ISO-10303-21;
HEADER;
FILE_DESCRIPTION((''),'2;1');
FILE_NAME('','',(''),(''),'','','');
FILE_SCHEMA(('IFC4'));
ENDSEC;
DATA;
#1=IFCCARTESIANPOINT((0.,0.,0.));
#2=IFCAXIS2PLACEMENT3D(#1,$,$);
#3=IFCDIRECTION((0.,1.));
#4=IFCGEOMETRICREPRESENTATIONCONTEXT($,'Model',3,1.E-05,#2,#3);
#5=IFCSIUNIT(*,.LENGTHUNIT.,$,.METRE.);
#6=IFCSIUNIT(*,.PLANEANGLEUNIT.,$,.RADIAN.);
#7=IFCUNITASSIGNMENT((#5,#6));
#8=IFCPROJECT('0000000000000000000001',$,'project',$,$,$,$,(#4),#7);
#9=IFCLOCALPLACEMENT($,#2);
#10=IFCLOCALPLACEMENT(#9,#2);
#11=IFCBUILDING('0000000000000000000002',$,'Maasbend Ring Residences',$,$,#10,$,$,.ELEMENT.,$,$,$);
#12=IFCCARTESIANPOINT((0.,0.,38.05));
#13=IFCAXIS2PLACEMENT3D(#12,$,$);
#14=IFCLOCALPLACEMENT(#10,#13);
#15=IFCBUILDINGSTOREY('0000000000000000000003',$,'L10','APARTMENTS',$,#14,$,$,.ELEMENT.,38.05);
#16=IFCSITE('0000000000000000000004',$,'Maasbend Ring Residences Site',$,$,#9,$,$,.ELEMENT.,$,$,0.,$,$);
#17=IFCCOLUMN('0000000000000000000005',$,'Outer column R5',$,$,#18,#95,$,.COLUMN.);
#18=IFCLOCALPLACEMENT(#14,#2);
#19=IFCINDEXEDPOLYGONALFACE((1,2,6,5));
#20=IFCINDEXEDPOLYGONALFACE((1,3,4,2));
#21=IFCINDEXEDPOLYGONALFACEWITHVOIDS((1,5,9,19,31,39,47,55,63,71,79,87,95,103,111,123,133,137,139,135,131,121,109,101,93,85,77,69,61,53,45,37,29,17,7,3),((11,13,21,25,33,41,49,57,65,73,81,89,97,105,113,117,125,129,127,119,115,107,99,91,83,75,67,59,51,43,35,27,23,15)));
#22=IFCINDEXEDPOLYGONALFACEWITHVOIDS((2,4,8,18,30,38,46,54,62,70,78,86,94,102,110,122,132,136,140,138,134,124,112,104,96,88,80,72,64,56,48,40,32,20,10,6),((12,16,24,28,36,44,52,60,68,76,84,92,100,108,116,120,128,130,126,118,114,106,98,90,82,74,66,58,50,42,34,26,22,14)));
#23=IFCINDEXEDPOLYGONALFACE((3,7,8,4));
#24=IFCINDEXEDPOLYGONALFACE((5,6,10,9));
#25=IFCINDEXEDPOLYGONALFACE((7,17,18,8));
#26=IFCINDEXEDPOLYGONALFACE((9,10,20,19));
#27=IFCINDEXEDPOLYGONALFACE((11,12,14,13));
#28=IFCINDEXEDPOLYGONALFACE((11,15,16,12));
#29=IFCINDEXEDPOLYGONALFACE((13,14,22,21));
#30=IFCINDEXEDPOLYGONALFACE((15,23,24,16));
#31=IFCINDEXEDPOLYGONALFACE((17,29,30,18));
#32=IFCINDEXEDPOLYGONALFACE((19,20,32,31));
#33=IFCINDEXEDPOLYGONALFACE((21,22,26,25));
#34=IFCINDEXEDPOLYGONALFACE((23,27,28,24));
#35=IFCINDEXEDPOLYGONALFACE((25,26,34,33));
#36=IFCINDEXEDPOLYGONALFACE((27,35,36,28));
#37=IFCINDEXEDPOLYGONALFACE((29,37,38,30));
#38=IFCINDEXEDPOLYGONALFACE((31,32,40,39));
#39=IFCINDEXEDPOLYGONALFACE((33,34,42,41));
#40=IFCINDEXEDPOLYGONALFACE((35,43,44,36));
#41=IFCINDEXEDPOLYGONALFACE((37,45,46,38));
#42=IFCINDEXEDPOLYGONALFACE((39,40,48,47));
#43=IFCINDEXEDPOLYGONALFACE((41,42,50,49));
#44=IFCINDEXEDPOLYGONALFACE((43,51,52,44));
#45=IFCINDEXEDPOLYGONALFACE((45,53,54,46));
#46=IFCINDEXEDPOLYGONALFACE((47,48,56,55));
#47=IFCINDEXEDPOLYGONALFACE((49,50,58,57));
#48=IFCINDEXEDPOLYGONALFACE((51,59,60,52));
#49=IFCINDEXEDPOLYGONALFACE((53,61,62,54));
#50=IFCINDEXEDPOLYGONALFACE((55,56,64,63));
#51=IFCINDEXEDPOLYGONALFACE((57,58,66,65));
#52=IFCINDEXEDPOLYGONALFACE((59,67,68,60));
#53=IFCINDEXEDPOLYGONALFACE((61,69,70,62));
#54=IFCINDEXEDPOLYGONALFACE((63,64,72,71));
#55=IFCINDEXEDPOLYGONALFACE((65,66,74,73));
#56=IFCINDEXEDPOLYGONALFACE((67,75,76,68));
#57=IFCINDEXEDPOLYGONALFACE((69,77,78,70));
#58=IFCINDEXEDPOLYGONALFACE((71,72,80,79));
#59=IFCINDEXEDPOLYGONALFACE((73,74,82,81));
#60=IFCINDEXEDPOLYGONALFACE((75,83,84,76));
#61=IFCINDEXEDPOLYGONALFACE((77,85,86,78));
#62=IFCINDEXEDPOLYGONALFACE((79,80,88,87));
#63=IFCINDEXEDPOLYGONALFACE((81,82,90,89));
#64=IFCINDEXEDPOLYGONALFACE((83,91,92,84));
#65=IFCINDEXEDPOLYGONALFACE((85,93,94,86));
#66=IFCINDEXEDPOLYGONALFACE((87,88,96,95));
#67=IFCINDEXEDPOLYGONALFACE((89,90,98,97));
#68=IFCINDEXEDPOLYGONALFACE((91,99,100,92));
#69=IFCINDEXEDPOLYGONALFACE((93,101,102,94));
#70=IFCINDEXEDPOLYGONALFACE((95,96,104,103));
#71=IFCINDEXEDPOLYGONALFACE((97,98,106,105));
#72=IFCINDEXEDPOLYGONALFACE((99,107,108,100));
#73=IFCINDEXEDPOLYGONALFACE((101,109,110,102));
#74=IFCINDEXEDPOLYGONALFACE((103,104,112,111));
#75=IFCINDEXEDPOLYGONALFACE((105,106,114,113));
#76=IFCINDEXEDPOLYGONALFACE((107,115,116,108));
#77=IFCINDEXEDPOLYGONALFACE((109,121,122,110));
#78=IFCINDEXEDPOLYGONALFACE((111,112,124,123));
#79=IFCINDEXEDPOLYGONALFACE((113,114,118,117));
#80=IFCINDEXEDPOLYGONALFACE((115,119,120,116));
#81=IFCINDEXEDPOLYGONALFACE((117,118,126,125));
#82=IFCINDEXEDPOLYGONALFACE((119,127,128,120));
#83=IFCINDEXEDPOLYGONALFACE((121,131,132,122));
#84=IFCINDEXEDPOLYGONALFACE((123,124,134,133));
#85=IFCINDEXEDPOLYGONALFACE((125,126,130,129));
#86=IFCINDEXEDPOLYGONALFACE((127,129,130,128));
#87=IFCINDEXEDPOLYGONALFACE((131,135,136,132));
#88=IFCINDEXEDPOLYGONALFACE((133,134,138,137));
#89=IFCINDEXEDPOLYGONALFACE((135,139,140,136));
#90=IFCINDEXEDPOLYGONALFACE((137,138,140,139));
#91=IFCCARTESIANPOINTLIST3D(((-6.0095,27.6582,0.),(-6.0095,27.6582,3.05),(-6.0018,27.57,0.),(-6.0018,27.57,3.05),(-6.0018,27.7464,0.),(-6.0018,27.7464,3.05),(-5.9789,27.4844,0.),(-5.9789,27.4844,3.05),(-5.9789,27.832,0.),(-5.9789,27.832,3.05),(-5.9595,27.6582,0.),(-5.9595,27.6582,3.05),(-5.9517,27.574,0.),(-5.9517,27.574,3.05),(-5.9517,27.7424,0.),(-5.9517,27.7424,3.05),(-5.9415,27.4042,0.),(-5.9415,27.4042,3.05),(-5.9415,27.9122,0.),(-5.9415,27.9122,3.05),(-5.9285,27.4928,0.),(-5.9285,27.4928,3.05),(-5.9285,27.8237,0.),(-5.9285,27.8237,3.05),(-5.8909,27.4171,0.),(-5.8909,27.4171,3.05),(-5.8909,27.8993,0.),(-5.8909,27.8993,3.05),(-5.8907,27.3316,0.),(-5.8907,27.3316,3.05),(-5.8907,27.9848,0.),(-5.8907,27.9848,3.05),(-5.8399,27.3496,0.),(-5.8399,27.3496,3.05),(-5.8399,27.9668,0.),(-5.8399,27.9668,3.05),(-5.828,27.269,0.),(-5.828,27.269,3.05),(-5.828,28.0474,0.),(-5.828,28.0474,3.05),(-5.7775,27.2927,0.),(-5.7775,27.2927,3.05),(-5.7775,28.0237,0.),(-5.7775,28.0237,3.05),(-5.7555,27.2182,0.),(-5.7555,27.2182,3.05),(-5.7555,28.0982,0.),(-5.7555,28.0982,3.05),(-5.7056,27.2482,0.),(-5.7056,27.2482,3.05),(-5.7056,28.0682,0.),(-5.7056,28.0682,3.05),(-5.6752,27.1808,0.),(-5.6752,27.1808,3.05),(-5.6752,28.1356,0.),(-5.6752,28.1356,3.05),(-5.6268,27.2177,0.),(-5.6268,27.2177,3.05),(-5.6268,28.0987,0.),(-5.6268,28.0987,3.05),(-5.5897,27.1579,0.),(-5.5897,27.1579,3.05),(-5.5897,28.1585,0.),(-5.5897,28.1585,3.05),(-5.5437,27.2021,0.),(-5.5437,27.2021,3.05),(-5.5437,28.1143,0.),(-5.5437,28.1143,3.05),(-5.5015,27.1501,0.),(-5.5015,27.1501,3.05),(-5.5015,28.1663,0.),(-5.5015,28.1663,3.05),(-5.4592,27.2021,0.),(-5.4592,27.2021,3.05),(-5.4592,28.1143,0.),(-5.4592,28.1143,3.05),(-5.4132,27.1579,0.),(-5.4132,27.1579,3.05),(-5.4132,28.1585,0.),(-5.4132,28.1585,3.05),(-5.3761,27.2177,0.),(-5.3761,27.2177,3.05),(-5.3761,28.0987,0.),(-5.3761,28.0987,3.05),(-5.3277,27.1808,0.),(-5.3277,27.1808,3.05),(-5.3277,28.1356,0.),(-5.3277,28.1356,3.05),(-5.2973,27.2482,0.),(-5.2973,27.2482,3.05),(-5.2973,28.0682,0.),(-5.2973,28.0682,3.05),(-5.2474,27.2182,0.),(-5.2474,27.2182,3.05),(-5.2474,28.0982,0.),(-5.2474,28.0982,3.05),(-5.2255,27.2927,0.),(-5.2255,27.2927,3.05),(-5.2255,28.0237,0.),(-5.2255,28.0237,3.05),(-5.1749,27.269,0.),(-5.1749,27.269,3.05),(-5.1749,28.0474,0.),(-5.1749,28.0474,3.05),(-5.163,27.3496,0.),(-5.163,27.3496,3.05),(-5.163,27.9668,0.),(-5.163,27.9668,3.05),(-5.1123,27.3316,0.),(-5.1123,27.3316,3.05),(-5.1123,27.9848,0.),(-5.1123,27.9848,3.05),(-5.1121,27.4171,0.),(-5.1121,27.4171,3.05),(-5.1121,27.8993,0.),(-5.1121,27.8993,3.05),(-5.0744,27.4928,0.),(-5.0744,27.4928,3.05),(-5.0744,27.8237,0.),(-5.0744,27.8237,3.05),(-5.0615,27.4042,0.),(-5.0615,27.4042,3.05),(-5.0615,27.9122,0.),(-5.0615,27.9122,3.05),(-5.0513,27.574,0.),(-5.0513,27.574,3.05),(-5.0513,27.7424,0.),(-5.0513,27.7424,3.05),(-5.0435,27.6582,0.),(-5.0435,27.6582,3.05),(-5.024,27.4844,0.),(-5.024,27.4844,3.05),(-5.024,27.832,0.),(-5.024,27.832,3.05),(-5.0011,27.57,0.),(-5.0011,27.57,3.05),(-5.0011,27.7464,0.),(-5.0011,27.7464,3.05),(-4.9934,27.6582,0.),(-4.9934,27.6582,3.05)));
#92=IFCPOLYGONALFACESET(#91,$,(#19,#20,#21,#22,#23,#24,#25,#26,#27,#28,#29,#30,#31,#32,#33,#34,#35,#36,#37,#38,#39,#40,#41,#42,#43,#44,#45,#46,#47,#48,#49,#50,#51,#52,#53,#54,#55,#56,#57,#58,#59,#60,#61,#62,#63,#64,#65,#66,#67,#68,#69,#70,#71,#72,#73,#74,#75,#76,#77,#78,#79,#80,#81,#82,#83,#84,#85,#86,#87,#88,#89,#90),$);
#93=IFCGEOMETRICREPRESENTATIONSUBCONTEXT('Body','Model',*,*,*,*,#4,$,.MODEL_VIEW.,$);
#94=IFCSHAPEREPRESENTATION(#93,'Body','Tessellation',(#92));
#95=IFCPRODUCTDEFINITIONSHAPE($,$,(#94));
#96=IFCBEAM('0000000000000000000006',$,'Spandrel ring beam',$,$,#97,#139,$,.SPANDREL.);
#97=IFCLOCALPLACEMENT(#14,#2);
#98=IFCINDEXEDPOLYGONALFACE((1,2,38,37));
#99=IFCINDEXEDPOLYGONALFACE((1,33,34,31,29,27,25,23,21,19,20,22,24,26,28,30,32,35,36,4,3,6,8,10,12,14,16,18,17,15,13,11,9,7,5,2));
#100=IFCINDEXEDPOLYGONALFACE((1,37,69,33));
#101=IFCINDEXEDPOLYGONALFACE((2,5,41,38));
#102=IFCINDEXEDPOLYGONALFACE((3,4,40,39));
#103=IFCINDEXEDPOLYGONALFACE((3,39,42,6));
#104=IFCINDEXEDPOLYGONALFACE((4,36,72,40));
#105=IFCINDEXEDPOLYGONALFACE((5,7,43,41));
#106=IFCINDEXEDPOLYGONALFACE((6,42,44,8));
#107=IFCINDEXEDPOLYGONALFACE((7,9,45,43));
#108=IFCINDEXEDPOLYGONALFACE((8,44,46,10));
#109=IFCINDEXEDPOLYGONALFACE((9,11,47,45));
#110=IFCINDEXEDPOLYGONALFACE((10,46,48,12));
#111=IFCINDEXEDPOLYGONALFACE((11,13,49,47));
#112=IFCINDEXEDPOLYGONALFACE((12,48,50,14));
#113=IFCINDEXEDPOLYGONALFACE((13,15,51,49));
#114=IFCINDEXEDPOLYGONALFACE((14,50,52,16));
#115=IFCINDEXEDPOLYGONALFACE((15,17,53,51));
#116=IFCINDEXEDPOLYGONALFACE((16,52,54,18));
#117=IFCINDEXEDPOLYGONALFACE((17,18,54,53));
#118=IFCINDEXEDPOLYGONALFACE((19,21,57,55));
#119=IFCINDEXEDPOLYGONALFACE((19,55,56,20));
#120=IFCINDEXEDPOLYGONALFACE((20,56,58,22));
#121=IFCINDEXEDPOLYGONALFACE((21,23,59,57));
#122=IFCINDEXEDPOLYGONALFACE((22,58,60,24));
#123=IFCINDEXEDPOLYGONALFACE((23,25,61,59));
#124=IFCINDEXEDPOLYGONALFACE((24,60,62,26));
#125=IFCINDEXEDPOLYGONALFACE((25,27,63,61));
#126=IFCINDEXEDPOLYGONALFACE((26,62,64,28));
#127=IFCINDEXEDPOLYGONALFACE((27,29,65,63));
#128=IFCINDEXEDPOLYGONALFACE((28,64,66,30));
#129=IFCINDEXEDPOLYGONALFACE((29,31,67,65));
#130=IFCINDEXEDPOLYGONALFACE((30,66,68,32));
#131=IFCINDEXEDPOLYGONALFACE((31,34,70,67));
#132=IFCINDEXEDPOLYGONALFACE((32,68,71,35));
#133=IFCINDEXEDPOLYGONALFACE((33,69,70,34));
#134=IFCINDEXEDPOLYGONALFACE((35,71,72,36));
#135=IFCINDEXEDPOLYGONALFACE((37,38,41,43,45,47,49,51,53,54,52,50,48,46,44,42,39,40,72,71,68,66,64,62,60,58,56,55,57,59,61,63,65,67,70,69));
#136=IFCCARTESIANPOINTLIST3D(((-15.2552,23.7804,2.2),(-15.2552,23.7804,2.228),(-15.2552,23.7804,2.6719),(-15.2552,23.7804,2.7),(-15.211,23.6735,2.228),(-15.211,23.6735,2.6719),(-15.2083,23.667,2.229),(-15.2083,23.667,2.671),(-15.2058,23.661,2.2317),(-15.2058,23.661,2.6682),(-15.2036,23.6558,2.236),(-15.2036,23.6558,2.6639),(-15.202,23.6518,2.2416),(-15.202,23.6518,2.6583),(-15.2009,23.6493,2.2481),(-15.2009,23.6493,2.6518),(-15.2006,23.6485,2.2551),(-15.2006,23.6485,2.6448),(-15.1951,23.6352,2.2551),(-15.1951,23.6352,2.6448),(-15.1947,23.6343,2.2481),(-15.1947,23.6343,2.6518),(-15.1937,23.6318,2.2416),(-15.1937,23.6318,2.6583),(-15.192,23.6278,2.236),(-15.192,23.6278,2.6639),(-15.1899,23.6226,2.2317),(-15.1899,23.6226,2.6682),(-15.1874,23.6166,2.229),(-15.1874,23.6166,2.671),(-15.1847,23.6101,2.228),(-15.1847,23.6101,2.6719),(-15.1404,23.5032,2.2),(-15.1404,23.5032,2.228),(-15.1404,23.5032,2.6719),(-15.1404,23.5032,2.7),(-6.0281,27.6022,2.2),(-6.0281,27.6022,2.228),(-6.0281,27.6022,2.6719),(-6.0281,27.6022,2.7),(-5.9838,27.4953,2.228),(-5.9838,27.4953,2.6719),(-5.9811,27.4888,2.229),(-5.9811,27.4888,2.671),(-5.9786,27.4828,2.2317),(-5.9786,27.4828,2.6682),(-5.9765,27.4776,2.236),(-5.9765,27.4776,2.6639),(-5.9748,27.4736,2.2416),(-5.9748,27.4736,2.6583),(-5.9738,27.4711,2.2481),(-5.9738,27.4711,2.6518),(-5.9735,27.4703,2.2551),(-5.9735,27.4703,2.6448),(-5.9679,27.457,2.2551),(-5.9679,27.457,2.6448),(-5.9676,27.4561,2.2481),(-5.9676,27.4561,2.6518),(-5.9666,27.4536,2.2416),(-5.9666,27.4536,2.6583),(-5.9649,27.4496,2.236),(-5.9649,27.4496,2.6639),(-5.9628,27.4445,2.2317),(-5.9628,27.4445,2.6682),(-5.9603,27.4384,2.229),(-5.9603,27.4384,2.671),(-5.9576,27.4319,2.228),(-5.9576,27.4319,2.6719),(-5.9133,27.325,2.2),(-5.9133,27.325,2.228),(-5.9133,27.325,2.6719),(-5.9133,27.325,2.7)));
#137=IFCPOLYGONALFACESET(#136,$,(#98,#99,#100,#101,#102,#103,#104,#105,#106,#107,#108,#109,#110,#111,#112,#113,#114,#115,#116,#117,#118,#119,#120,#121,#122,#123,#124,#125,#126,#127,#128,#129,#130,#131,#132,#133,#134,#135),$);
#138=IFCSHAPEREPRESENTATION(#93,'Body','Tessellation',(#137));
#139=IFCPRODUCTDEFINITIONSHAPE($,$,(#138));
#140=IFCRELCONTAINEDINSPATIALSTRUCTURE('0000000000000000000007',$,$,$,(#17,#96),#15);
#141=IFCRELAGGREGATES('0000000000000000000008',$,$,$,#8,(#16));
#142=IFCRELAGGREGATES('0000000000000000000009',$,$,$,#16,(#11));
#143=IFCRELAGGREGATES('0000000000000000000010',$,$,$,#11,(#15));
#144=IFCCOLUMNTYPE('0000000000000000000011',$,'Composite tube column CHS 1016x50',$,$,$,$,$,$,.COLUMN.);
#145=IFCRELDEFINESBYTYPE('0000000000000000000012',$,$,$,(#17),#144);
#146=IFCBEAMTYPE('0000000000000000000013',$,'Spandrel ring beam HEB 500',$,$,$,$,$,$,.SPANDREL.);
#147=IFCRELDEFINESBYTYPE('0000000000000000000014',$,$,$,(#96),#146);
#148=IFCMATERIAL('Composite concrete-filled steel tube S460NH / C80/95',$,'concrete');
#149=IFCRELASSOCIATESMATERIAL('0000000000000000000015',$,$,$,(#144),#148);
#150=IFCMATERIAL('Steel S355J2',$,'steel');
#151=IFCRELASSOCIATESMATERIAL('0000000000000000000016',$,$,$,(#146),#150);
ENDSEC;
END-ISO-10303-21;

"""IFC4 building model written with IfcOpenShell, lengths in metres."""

from ifc_helpers import new_model, si_unit, direction, frame, origin, origin_2d, place, context, subcontext, project, spatial, hollow_circle, i_section, extrude, material, material_profile, profile_set, type_object, element, save


model = new_model("IFC4")

# Units and contexts
model_context = context("Model", 3, precision=1e-05, world=origin(), true_north=direction((0.0, 1.0)))
body_context = subcontext(model_context, "Body", "Model", "MODEL_VIEW")
ifc_project = project(units=[si_unit("LENGTHUNIT", "METRE"), si_unit("PLANEANGLEUNIT", "RADIAN")], contexts=[model_context])

# Site, building, storey
site_placement = place(None, origin())
site = spatial("IfcSite", under=ifc_project, at=site_placement, Name="Maasbend Ring Residences Site", CompositionType="ELEMENT", RefElevation=0.0)
building_placement = place(site_placement, origin())
building = spatial("IfcBuilding", under=site, at=building_placement, Name="Maasbend Ring Residences", CompositionType="ELEMENT")
storey_placement = place(building_placement, frame((0.0, 0.0, 38.05)))
storey = spatial("IfcBuildingStorey", under=building, at=storey_placement, Name="L10", Description="APARTMENTS", CompositionType="ELEMENT", Elevation=38.05)

# Column
ifc_material_1 = material(Name="Composite concrete-filled steel tube S460NH / C80/95", Category="concrete")
ifc_material_profile_1 = material_profile(ifc_material_1, hollow_circle(Radius=0.5081, WallThickness=0.05, at=origin_2d()), Name="Composite tube column CHS 1016x50")
ifc_profile_set_1 = profile_set([ifc_material_profile_1], Name="Composite concrete-filled steel tube S460NH / C80/95")
column_type = type_object("IfcColumnType", Name="Composite tube column CHS 1016x50", PredefinedType="COLUMN", material=ifc_profile_set_1)
column_placement = place(storey_placement, frame((-5.5015, 27.6582, 0.0), z_axis=(0.0, 0.0, 1.0), x_axis=(1.0, 0.0, 0.0)))
element("IfcColumn", 1, at=column_placement, inside=storey, type_object=column_type, Name="Outer column R5", PredefinedType="COLUMN", context=body_context, shape_type="SweptSolid", body=[
    extrude(hollow_circle(Radius=0.5081, WallThickness=0.05, at=origin_2d()), origin(), (0.0, 0.0, 1.0), 3.05),
])

# Beam
ifc_material_2 = material(Name="Steel S355J2", Category="steel")
ifc_material_profile_2 = material_profile(ifc_material_2, i_section(OverallWidth=0.3, OverallDepth=0.5, WebThickness=0.0144, FlangeThickness=0.0281, FilletRadius=0.0271, at=origin_2d()), Name="HEB 500")
ifc_profile_set_2 = profile_set([ifc_material_profile_2], Name="Steel S355J2")
beam_type = type_object("IfcBeamType", Name="Spandrel ring beam HEB 500", PredefinedType="SPANDREL", material=ifc_profile_set_2)
beam_placement = place(storey_placement, frame((-5.9707, 27.4636, 2.45), z_axis=(-0.923886, -0.382667, 0.0), x_axis=(0.382667, -0.923886, 0.0)))
element("IfcBeam", 2, at=beam_placement, inside=storey, type_object=beam_type, Name="Spandrel ring beam", PredefinedType="SPANDREL", context=body_context, shape_type="SweptSolid", body=[
    extrude(i_section(OverallWidth=0.3, OverallDepth=0.5, WebThickness=0.0144, FlangeThickness=0.0281, FilletRadius=0.0271, at=origin_2d()), origin(), (0.0, 0.0, 1.0), 9.9873),
])

save(model, "model.ifc")
